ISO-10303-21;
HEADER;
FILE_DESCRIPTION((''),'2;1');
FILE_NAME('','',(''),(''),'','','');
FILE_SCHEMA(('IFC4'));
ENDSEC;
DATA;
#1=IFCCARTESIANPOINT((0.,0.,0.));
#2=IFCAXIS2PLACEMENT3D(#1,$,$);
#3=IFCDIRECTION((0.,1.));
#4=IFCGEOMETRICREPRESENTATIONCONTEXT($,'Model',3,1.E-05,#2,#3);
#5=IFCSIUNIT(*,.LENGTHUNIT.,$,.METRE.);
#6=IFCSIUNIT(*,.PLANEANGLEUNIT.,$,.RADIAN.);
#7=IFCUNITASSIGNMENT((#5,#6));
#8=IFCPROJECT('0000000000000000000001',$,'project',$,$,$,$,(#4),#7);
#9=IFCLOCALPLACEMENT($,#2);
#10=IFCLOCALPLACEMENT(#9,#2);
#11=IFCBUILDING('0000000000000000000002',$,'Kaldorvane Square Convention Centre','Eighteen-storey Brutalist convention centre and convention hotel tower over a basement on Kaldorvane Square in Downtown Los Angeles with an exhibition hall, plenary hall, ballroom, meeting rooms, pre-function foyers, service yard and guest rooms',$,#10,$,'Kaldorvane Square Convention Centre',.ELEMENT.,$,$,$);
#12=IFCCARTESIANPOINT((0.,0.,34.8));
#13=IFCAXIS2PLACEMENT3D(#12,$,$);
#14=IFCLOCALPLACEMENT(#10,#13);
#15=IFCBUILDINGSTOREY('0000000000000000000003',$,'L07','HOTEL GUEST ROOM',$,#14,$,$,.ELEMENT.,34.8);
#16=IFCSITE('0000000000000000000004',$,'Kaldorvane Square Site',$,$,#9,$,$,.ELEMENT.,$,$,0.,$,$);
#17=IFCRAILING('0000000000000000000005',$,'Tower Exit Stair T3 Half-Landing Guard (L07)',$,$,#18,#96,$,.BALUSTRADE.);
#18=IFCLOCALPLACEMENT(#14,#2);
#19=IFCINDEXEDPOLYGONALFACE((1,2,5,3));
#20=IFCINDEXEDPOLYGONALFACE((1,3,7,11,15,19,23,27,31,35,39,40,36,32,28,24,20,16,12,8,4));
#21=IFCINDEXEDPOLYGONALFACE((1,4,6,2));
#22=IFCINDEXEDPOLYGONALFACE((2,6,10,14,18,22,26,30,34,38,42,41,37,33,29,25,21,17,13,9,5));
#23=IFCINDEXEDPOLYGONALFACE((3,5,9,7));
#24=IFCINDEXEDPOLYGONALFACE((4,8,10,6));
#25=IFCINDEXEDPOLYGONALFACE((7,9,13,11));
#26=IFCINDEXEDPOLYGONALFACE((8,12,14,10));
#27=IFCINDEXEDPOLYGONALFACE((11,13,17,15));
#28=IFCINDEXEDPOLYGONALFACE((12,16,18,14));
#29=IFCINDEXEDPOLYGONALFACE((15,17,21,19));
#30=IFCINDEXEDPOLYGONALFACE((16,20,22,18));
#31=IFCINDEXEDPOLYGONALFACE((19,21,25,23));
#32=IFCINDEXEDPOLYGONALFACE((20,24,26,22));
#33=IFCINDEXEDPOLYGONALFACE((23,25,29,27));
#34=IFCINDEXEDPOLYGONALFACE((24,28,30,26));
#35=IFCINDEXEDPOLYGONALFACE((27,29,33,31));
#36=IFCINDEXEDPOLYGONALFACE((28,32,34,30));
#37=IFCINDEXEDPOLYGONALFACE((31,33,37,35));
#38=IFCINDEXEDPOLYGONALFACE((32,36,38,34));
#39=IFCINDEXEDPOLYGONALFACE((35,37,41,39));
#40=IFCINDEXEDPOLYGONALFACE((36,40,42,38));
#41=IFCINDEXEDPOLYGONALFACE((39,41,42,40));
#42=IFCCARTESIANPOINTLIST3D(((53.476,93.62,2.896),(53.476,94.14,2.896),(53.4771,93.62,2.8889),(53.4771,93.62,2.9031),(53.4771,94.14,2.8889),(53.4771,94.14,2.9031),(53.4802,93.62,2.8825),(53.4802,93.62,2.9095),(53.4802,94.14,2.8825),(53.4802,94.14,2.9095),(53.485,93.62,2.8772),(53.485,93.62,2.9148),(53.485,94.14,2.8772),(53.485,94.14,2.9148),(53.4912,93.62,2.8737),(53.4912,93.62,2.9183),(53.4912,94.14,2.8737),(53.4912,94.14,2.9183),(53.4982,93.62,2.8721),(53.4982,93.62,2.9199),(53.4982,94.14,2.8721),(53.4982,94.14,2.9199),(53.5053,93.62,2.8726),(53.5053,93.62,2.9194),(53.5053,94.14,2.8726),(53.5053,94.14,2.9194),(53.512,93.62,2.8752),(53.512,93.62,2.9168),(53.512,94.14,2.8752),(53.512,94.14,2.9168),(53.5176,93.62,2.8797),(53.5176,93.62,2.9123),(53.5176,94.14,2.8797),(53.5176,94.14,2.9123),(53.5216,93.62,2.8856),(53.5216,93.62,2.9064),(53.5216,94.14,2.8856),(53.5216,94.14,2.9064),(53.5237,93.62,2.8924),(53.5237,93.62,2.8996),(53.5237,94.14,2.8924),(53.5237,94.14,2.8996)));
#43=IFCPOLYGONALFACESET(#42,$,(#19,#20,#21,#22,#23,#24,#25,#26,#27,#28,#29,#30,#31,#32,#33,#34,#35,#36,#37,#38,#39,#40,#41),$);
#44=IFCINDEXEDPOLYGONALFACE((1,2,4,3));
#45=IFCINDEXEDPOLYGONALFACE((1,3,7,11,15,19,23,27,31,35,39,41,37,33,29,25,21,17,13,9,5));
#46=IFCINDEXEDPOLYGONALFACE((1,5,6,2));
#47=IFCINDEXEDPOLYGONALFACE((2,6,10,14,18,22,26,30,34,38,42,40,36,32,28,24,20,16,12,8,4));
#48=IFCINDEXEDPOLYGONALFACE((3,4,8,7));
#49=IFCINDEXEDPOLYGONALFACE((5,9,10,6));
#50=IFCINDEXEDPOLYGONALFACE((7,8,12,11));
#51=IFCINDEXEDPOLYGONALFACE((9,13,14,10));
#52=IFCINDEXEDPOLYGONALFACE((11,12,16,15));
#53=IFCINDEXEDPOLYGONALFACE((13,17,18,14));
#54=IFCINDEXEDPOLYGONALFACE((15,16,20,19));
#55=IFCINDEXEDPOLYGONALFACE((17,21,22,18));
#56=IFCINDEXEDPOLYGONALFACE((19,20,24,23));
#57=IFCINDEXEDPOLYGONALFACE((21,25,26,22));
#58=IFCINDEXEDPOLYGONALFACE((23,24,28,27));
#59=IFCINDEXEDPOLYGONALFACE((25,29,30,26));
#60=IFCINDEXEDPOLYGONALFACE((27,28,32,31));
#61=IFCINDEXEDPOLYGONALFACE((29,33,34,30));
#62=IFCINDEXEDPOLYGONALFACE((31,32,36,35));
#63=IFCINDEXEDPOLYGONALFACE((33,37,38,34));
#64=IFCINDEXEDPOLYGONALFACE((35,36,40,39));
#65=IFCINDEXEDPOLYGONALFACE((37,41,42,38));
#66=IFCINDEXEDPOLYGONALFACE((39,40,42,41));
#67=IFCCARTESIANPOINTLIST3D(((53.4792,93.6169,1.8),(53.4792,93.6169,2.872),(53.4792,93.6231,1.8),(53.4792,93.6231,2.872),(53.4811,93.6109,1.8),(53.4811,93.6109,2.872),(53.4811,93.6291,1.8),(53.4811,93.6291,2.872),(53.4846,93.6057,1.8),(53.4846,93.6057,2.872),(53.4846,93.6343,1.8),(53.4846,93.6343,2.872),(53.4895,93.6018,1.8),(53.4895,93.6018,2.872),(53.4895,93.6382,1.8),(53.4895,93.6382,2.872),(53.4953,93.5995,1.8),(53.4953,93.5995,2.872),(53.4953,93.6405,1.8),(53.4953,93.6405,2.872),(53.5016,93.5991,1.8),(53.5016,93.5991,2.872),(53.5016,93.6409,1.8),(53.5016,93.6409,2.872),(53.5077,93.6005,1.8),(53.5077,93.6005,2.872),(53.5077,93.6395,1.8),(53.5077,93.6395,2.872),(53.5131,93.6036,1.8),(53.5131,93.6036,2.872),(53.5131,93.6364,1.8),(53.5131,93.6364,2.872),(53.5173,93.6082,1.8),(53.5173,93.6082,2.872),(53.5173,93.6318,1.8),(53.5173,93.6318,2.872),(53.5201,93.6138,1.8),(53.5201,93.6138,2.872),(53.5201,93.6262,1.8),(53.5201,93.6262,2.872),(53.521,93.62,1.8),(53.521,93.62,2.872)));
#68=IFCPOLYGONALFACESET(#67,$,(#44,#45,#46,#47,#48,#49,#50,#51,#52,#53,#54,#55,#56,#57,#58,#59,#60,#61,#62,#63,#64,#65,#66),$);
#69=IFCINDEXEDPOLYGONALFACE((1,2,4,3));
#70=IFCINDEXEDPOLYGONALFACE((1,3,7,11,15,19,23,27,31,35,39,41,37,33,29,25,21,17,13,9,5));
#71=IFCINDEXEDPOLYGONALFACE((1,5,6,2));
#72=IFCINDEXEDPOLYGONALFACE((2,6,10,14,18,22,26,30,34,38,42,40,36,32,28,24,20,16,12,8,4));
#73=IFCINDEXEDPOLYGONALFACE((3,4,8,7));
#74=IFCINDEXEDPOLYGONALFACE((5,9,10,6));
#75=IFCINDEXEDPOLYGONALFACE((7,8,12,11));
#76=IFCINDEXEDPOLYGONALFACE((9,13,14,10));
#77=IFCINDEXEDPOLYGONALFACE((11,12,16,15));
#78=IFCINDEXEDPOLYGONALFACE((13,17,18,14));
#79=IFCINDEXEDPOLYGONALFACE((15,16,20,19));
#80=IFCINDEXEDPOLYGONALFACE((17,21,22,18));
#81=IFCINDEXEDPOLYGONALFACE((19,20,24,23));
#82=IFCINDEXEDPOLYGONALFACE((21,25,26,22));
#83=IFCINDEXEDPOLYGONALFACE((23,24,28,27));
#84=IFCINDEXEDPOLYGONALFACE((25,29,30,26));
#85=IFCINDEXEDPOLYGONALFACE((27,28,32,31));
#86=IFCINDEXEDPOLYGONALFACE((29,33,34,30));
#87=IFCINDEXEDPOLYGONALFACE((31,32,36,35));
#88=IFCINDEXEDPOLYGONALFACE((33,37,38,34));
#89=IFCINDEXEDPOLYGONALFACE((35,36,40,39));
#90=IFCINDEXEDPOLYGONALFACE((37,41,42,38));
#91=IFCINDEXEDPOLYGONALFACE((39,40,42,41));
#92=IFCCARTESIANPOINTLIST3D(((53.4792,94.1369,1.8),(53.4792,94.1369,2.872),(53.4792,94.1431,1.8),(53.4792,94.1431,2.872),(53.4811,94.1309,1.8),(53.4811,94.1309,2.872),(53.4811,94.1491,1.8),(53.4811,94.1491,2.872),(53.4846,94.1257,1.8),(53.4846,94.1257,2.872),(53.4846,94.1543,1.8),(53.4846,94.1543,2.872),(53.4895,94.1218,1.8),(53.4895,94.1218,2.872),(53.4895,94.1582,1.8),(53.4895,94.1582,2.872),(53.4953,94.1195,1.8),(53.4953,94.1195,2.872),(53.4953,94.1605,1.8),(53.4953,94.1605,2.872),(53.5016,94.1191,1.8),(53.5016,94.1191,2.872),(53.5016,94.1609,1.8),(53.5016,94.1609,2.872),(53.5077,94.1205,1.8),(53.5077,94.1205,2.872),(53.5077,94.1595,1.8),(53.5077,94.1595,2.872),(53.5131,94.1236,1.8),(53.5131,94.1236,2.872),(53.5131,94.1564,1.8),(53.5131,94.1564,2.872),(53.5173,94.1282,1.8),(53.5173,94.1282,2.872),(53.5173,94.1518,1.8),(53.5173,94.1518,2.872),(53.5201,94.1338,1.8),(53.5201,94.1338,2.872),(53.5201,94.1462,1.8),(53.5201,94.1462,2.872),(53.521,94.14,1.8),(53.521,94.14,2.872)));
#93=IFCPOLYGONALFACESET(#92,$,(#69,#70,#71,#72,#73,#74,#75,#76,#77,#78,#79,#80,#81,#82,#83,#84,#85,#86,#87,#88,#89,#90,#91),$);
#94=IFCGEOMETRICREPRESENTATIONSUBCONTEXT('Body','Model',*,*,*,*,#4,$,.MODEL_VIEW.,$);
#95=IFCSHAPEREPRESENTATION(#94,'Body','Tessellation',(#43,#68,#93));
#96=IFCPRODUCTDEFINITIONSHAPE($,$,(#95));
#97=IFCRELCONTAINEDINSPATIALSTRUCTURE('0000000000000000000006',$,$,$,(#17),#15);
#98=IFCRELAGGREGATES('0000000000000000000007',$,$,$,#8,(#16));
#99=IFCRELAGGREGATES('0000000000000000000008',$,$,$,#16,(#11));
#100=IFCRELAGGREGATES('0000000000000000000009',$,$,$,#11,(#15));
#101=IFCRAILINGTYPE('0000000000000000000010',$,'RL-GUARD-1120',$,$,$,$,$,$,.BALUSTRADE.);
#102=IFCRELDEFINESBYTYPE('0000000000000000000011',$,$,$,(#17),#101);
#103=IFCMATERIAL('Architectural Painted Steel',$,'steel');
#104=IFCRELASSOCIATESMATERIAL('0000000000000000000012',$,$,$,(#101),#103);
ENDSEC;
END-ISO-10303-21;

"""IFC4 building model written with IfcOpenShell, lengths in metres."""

from ifc_helpers import new_model, si_unit, direction, frame, origin, origin_2d, place, context, subcontext, project, spatial, circle, extrude, material, type_object, element, save


model = new_model("IFC4")

# Units and contexts
model_context = context("Model", 3, precision=1e-05, world=origin(), true_north=direction((0.0, 1.0)))
body_context = subcontext(model_context, "Body", "Model", "MODEL_VIEW")
ifc_project = project(units=[si_unit("LENGTHUNIT", "METRE"), si_unit("PLANEANGLEUNIT", "RADIAN")], contexts=[model_context])

# Site, building, storey
site_placement = place(None, origin())
site = spatial("IfcSite", under=ifc_project, at=site_placement, Name="Kaldorvane Square Site", CompositionType="ELEMENT", RefElevation=0.0)
building_placement = place(site_placement, origin())
building = spatial("IfcBuilding", under=site, at=building_placement, Name="Kaldorvane Square Convention Centre", Description="Eighteen-storey Brutalist convention centre and convention hotel tower over a basement on Kaldorvane Square in Downtown Los Angeles with an exhibition hall, plenary hall, ballroom, meeting rooms, pre-function foyers, service yard and guest rooms", LongName="Kaldorvane Square Convention Centre", CompositionType="ELEMENT")
storey_placement = place(building_placement, frame((0.0, 0.0, 34.8)))
storey = spatial("IfcBuildingStorey", under=building, at=storey_placement, Name="L07", Description="HOTEL GUEST ROOM", CompositionType="ELEMENT", Elevation=34.8)

# Railing
ifc_material_1 = material(Name="Architectural Painted Steel", Category="steel")
railing_type_1 = type_object("IfcRailingType", Name="RL-GUARD-1120", PredefinedType="BALUSTRADE", material=ifc_material_1)
for number, where, name in (
    (1, (53.5, 93.62, 1.8), "Tower Exit Stair T3 Half-Landing Guard (L07)"),
):
    element("IfcRailing", number, at=place(storey_placement, frame(where)), inside=storey, type_object=railing_type_1, Name=name, PredefinedType="BALUSTRADE", context=body_context, shape_type="SweptSolid", body=[
        extrude(circle(Radius=0.024, at=origin_2d()), frame((0.0, 0.0, 1.096), z_axis=(0.0, 1.0, 0.0), x_axis=(-1.0, 0.0, 0.0)), (0.0, 0.0, 1.0), 0.52),
        extrude(circle(Radius=0.021, at=origin_2d()), origin(), (0.0, 0.0, 1.0), 1.072),
        extrude(circle(Radius=0.021, at=origin_2d()), frame((0.0, 0.52, 0.0)), (0.0, 0.0, 1.0), 1.072),
    ])

save(model, "model.ifc")
